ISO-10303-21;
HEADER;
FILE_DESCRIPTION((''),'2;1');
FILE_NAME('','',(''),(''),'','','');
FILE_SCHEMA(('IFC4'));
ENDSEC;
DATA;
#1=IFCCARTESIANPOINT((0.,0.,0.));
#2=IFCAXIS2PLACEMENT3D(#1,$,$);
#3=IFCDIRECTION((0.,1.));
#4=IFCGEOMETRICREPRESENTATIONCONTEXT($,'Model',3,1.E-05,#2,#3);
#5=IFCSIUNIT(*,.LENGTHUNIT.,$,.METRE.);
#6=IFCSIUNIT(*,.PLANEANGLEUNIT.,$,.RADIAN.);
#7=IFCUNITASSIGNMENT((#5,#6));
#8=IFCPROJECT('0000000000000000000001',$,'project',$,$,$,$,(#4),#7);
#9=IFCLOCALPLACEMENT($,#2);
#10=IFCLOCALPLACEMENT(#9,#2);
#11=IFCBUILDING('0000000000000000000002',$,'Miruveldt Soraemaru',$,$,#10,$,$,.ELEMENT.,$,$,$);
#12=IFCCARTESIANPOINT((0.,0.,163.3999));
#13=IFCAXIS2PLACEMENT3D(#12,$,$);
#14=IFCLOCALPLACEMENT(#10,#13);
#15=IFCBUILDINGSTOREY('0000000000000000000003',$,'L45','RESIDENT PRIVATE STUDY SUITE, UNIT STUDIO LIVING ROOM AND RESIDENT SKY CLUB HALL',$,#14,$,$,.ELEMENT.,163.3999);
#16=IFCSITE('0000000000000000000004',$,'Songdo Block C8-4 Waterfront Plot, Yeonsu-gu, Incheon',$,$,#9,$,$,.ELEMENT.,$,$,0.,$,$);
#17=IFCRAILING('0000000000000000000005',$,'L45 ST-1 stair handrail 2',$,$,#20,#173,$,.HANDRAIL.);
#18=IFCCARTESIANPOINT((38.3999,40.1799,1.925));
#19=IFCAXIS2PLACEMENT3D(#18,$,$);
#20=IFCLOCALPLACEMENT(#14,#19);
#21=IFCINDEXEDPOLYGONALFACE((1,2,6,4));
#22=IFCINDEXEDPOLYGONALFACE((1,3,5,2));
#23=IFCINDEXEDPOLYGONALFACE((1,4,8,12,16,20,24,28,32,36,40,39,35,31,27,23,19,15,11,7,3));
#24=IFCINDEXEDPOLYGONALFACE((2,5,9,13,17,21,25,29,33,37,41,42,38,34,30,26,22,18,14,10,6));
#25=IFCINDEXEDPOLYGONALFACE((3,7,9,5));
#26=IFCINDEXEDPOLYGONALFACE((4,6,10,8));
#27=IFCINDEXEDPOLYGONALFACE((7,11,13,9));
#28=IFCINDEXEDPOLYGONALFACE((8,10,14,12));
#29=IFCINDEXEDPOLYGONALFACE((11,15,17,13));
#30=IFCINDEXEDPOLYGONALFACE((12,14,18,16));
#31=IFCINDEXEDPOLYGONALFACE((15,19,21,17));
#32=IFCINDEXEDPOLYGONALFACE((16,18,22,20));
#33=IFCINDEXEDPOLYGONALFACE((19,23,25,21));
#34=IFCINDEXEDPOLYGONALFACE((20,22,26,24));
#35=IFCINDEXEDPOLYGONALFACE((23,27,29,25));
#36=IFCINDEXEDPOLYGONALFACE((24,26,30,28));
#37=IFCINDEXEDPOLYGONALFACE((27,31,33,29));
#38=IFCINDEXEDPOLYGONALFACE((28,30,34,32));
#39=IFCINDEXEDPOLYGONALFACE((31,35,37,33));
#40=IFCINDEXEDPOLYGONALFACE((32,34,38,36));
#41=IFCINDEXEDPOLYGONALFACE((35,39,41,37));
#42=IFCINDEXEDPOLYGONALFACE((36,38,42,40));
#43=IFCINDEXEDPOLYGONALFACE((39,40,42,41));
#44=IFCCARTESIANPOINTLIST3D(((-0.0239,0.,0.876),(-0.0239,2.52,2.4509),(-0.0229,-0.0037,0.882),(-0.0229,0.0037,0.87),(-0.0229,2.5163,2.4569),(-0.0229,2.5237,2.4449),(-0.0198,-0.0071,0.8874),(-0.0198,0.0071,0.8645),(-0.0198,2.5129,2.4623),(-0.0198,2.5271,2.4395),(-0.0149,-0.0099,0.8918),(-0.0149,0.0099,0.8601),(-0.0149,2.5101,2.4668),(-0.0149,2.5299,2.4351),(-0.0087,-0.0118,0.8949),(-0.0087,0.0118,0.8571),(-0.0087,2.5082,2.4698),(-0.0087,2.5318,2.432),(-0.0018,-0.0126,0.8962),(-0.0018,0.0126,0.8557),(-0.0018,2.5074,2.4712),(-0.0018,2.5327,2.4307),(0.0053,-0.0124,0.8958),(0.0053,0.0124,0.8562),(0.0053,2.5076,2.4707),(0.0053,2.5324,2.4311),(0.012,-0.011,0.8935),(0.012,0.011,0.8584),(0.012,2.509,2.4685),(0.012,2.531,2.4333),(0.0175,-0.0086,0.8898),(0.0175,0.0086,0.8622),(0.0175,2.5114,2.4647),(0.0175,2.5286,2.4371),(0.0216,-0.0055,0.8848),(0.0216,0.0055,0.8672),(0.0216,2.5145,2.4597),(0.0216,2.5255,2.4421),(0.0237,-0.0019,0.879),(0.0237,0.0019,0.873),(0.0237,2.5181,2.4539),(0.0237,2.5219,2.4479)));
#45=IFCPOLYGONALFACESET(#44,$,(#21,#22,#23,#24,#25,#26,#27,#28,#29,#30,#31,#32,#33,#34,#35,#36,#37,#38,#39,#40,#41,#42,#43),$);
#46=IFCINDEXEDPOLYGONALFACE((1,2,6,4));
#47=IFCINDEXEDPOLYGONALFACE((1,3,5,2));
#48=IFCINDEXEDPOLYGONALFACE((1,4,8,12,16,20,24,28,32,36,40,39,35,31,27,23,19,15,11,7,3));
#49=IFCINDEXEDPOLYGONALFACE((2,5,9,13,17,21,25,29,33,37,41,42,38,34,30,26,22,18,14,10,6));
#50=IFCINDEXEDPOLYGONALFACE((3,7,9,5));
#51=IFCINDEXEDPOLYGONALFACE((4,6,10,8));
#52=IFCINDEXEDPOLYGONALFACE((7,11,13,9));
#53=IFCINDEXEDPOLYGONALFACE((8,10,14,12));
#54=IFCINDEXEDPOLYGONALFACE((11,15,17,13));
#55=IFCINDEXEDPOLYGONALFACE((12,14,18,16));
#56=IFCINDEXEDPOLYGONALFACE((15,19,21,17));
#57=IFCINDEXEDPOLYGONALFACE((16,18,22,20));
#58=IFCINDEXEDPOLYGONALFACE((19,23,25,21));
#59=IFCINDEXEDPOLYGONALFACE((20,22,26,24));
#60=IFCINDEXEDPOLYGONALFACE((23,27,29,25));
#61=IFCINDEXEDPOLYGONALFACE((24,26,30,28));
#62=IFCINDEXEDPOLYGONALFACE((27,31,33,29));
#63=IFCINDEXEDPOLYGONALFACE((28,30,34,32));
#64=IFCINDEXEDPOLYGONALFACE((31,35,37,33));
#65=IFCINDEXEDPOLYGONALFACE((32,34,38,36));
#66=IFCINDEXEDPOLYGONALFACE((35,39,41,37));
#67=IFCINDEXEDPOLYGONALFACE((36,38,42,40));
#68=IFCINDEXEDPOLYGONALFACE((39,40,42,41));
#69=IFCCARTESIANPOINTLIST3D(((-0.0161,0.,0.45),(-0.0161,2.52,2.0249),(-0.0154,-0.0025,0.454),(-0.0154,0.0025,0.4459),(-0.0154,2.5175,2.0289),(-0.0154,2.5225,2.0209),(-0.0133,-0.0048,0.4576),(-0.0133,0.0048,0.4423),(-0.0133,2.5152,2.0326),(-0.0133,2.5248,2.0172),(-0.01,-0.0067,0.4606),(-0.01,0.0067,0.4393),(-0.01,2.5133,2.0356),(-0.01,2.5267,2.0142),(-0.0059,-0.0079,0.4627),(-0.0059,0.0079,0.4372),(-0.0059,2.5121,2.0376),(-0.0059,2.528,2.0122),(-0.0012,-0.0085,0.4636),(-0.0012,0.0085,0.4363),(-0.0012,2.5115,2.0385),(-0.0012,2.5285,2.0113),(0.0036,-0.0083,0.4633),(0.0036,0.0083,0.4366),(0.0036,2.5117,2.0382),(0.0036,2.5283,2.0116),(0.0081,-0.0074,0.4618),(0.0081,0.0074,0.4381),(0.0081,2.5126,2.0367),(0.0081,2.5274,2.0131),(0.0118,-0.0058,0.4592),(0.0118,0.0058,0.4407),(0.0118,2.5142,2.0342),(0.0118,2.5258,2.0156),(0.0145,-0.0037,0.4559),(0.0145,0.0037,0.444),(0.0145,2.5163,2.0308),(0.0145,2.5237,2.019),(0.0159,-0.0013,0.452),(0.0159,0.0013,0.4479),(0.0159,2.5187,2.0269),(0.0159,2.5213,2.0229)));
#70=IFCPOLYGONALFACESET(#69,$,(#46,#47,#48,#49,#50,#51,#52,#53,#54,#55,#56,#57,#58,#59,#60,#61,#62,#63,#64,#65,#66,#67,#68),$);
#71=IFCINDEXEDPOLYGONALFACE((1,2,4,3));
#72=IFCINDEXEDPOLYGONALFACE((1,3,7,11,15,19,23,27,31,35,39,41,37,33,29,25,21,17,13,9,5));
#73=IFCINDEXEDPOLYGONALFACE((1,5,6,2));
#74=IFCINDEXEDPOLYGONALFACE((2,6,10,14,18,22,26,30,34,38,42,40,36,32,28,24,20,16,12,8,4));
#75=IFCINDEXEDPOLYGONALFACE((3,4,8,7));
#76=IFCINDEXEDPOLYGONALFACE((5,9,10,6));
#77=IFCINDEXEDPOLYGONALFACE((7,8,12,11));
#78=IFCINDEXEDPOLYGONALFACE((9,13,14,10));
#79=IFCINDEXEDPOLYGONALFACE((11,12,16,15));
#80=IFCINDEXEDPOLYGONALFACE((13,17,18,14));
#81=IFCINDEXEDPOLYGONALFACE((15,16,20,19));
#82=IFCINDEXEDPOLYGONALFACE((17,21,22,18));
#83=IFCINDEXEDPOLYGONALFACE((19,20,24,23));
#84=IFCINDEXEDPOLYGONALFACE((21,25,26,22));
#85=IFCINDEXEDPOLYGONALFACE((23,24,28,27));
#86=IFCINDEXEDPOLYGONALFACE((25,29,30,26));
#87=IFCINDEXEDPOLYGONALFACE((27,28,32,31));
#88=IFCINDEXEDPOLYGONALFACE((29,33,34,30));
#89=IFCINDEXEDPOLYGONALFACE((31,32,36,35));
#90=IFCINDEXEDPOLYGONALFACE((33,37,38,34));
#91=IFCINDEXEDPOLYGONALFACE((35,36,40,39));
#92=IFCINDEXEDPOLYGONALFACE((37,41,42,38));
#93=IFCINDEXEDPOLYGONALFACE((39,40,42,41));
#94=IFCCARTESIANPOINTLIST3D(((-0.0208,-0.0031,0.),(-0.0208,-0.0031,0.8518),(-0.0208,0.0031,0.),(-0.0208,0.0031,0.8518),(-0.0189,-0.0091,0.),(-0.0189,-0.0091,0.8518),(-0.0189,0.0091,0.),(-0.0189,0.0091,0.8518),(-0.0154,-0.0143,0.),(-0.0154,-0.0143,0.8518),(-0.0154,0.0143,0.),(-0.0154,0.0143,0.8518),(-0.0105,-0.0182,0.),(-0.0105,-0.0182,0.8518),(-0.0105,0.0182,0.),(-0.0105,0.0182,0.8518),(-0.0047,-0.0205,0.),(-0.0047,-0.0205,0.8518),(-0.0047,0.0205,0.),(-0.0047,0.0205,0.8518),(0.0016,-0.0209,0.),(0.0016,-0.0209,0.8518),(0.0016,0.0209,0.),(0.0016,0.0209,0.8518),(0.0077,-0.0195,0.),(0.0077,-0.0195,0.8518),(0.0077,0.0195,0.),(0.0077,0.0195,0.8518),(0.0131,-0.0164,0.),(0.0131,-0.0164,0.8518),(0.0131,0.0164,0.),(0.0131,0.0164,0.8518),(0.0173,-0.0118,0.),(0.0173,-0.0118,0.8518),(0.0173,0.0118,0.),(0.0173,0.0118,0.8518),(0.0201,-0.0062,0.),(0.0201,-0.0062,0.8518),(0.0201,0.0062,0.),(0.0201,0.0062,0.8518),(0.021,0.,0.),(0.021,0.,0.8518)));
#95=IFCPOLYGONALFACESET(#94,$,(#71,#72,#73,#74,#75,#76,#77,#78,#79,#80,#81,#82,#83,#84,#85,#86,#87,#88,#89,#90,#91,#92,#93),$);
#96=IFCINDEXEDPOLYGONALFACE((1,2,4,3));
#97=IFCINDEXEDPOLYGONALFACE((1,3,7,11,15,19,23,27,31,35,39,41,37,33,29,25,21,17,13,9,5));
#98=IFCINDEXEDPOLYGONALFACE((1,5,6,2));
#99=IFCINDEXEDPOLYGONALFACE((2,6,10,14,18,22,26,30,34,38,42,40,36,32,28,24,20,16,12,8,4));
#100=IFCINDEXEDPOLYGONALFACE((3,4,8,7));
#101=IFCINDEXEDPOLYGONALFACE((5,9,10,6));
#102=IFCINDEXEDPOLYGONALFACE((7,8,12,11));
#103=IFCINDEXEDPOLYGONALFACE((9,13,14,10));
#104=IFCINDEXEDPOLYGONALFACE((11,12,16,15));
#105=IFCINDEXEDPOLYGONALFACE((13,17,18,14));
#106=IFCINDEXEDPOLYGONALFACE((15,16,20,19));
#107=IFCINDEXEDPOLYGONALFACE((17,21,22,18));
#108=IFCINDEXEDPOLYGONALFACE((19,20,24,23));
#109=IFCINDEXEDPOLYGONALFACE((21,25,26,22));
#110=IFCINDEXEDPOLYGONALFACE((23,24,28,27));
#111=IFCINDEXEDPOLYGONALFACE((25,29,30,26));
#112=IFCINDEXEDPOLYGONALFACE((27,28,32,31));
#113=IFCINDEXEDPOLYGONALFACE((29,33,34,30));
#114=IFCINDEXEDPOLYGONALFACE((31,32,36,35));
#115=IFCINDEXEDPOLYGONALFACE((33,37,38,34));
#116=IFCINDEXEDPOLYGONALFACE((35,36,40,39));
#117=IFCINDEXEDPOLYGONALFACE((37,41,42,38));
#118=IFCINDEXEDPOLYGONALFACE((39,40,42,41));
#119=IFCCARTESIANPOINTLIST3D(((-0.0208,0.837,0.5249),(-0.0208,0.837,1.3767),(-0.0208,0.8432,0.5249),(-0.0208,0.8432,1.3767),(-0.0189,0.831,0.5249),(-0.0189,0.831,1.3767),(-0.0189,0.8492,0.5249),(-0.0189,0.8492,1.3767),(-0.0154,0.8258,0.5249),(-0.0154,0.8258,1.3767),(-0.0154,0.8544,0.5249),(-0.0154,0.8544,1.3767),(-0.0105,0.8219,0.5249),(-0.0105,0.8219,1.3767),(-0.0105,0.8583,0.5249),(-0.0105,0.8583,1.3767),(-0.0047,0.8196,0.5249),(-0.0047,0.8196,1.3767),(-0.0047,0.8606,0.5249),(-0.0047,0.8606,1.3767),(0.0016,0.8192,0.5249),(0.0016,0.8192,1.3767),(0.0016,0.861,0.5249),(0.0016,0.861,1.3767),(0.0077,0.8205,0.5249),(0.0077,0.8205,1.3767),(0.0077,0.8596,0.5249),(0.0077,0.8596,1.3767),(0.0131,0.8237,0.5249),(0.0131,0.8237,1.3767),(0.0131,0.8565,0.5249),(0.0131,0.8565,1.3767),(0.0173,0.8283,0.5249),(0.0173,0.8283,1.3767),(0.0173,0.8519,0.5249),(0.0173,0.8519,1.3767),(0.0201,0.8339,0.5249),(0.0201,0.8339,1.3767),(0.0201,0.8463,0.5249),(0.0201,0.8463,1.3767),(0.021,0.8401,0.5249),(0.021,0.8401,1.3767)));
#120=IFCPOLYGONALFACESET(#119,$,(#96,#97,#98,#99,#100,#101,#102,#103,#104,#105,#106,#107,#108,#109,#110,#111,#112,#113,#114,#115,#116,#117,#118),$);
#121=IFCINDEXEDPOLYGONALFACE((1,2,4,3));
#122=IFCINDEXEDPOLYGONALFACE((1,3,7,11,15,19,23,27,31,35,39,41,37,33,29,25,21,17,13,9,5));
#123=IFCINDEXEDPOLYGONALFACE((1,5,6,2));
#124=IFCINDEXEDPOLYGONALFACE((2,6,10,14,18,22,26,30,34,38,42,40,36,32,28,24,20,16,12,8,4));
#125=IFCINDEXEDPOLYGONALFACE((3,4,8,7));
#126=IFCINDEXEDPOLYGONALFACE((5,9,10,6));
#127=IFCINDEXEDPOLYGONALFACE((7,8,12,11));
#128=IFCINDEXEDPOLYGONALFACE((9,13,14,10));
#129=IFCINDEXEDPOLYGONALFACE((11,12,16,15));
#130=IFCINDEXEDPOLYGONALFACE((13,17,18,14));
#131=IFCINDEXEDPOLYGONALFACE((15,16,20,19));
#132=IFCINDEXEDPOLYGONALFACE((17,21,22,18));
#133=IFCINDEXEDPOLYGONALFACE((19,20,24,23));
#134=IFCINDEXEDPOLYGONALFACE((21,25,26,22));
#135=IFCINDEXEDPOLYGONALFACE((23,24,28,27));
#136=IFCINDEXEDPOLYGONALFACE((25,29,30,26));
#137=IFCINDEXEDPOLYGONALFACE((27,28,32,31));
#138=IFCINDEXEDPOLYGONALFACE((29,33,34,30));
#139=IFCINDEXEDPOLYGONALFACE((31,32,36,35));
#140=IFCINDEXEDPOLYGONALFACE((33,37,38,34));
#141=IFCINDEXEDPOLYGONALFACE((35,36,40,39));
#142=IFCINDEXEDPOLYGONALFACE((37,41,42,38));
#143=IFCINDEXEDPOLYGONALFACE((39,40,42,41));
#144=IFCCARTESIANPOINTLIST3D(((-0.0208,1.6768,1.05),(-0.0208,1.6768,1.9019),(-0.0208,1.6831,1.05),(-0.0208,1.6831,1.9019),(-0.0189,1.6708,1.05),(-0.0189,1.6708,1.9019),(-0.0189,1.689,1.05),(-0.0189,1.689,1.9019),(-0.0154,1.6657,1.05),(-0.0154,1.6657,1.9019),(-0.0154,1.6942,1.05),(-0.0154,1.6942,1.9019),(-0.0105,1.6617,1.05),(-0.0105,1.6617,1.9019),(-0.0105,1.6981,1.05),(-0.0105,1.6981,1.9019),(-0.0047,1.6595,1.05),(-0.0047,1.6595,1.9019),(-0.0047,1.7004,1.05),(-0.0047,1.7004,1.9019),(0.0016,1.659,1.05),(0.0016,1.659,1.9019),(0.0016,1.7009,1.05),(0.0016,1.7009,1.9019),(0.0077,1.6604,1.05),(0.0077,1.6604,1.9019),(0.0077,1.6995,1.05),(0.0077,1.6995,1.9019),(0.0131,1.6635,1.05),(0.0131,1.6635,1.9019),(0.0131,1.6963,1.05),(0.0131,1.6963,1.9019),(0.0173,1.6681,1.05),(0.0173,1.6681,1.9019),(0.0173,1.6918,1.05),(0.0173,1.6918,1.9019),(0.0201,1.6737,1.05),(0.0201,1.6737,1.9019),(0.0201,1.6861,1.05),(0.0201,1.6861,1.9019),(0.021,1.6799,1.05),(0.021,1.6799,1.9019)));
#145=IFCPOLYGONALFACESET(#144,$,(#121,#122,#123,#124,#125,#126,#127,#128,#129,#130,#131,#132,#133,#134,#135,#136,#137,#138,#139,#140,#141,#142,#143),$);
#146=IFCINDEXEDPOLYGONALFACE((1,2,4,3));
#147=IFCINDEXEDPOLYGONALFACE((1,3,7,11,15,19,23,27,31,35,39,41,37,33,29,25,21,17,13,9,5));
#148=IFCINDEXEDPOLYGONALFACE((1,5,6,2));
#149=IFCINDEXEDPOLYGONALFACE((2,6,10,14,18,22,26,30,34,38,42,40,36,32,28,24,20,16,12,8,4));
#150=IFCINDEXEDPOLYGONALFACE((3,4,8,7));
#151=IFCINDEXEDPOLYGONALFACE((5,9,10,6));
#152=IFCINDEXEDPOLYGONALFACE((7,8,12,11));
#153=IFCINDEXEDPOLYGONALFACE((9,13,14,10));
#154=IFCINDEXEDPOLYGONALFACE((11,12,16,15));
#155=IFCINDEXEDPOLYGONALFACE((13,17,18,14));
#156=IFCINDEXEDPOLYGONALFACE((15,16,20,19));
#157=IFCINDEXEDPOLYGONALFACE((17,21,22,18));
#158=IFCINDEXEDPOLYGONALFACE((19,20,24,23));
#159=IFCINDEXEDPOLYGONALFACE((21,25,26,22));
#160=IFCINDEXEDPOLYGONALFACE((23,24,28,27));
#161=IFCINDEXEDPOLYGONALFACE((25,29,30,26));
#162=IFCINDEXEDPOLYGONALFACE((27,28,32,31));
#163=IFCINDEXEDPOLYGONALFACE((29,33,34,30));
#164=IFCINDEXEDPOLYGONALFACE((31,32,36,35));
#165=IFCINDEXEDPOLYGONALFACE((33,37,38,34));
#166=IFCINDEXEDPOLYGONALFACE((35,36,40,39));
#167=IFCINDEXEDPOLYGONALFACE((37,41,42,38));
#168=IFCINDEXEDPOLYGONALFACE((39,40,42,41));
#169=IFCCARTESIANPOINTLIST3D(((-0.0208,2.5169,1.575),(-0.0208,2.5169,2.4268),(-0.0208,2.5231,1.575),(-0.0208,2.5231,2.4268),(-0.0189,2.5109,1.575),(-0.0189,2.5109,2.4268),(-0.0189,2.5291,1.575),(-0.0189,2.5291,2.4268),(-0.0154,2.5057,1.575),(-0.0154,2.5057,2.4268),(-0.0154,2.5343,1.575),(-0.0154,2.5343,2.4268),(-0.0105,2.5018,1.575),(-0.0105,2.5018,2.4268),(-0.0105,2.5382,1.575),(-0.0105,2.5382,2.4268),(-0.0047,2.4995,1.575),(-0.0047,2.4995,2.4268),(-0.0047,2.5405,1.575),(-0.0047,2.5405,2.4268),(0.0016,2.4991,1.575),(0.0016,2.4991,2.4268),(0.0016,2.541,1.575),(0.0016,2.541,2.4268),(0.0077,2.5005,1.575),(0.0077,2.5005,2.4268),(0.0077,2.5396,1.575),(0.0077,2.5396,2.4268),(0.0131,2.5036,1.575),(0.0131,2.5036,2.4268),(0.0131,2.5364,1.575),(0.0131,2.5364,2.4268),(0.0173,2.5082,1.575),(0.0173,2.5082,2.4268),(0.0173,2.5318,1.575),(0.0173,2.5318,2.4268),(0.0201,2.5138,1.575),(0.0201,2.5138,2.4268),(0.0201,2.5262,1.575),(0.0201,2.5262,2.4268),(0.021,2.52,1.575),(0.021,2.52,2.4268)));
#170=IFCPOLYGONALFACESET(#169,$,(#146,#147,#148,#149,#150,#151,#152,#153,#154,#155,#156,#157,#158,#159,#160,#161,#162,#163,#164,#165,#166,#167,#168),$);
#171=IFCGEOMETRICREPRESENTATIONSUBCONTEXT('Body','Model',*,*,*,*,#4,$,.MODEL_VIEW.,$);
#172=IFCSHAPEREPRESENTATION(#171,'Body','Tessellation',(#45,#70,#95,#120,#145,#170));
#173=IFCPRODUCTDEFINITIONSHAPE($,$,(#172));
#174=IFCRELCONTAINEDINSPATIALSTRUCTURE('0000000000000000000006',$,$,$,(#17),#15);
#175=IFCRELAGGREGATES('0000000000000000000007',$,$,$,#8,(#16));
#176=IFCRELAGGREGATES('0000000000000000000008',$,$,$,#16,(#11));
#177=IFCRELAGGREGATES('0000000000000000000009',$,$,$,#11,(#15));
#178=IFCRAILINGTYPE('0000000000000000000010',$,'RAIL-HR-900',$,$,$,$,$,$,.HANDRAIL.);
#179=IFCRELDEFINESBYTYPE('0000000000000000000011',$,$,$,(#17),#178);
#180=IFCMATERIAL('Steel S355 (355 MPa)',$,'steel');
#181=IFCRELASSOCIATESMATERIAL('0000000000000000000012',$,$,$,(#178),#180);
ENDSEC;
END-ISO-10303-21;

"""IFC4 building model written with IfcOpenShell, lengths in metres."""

from ifc_helpers import new_model, si_unit, direction, frame, origin, origin_2d, place, context, subcontext, project, spatial, circle, extrude, material, type_object, element, save


model = new_model("IFC4")

# Units and contexts
model_context = context("Model", 3, precision=1e-05, world=origin(), true_north=direction((0.0, 1.0)))
body_context = subcontext(model_context, "Body", "Model", "MODEL_VIEW")
ifc_project = project(units=[si_unit("LENGTHUNIT", "METRE"), si_unit("PLANEANGLEUNIT", "RADIAN")], contexts=[model_context])

# Site, building, storey
site_placement = place(None, origin())
site = spatial("IfcSite", under=ifc_project, at=site_placement, Name="Songdo Block C8-4 Waterfront Plot, Yeonsu-gu, Incheon", CompositionType="ELEMENT", RefElevation=0.0)
building_placement = place(site_placement, origin())
building = spatial("IfcBuilding", under=site, at=building_placement, Name="Miruveldt Soraemaru", CompositionType="ELEMENT")
storey_placement = place(building_placement, frame((0.0, 0.0, 163.3999)))
storey = spatial("IfcBuildingStorey", under=building, at=storey_placement, Name="L45", Description="RESIDENT PRIVATE STUDY SUITE, UNIT STUDIO LIVING ROOM AND RESIDENT SKY CLUB HALL", CompositionType="ELEMENT", Elevation=163.3999)

# Railing
ifc_material_1 = material(Name="Steel S355 (355 MPa)", Category="steel")
railing_type_1 = type_object("IfcRailingType", Name="RAIL-HR-900", PredefinedType="HANDRAIL", material=ifc_material_1)
railing_1_placement = place(storey_placement, frame((38.3999, 40.1799, 1.925)))
element("IfcRailing", 1, at=railing_1_placement, inside=storey, type_object=railing_type_1, Name="L45 ST-1 stair handrail 2", PredefinedType="HANDRAIL", context=body_context, shape_type="SweptSolid", body=[
    extrude(circle(Radius=0.0239, at=origin_2d()), frame((0.0, 0.0, 0.876), z_axis=(0.0, 0.848008, 0.529984), x_axis=(-1.0, 0.0, 0.0)), (0.0, 0.0, 1.0), 2.9717),
    extrude(circle(Radius=0.0161, at=origin_2d()), frame((0.0, 0.0, 0.45), z_axis=(0.0, 0.848008, 0.529984), x_axis=(-1.0, 0.0, 0.0)), (0.0, 0.0, 1.0), 2.9717),
    extrude(circle(Radius=0.021, at=origin_2d()), origin(), (0.0, 0.0, 1.0), 0.8518),
    extrude(circle(Radius=0.021, at=origin_2d()), frame((0.0, 0.8401, 0.5249)), (0.0, 0.0, 1.0), 0.8518),
    extrude(circle(Radius=0.021, at=origin_2d()), frame((0.0, 1.6799, 1.05)), (0.0, 0.0, 1.0), 0.8518),
    extrude(circle(Radius=0.021, at=origin_2d()), frame((0.0, 2.52, 1.575)), (0.0, 0.0, 1.0), 0.8518),
])

save(model, "model.ifc")
